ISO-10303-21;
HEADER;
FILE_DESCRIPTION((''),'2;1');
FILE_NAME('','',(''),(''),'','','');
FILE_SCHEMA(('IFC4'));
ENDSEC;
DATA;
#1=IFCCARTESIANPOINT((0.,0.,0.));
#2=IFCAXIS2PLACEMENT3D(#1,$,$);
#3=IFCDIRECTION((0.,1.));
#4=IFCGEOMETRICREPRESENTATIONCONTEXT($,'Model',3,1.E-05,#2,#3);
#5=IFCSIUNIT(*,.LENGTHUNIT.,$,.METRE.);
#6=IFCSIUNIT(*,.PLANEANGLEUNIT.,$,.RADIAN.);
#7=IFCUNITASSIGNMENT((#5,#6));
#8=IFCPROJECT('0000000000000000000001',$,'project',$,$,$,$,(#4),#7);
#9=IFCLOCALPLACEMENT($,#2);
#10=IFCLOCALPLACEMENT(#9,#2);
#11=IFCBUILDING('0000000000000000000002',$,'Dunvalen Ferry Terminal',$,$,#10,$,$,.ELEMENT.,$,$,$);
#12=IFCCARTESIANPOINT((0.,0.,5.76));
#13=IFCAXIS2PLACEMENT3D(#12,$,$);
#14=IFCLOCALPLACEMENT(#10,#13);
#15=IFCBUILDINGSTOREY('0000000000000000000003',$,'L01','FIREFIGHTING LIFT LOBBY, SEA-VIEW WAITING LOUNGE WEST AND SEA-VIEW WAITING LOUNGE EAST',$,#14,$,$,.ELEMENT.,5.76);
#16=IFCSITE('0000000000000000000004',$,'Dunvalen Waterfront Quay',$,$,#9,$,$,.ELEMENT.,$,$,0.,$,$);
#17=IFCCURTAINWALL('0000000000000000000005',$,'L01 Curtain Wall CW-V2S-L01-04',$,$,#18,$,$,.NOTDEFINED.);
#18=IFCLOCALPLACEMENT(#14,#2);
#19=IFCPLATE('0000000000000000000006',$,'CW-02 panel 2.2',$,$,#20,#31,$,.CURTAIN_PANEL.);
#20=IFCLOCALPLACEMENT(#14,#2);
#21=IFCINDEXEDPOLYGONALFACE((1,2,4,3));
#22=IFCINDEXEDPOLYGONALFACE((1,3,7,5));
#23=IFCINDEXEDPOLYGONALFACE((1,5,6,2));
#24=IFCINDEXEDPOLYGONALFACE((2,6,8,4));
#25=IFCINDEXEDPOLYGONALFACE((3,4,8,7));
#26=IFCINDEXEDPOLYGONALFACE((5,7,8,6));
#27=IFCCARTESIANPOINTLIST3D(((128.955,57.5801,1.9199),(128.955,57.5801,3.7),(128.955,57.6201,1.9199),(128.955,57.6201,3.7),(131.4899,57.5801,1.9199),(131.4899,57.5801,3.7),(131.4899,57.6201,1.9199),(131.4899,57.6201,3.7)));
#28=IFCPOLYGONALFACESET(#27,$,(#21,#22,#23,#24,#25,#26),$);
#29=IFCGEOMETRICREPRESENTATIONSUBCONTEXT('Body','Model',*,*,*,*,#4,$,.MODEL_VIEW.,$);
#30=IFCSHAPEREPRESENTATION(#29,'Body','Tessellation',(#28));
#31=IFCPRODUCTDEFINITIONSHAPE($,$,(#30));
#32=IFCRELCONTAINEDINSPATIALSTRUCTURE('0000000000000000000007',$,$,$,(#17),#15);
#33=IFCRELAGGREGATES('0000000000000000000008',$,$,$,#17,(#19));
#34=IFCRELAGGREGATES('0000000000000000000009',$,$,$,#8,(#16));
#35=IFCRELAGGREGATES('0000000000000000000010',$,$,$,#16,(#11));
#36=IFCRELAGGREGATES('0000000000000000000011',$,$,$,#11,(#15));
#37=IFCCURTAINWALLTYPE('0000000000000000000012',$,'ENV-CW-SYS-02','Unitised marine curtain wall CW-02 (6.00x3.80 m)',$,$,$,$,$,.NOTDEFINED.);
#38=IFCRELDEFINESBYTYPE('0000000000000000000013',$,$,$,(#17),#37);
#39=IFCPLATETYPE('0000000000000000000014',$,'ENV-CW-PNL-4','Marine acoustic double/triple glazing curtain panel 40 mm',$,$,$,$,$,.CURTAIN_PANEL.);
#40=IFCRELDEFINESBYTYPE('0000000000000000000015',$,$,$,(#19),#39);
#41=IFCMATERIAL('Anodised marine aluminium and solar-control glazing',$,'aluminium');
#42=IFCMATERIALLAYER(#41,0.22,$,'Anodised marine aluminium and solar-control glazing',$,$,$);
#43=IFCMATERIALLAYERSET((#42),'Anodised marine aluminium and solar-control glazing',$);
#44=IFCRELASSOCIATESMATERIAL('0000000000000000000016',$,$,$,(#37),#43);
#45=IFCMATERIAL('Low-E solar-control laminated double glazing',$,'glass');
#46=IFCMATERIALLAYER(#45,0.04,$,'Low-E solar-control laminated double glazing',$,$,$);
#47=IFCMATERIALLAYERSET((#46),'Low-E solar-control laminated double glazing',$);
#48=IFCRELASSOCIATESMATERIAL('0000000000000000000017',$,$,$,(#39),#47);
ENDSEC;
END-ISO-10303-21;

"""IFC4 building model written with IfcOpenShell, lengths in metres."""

from ifc_helpers import new_model, si_unit, direction, frame, origin, origin_2d, place, context, subcontext, project, spatial, rectangle, extrude, material, layer, layer_set, type_object, element, aggregate, save


model = new_model("IFC4")

# Units and contexts
model_context = context("Model", 3, precision=1e-05, world=origin(), true_north=direction((0.0, 1.0)))
body_context = subcontext(model_context, "Body", "Model", "MODEL_VIEW")
ifc_project = project(units=[si_unit("LENGTHUNIT", "METRE"), si_unit("PLANEANGLEUNIT", "RADIAN")], contexts=[model_context])

# Site, building, storey
site_placement = place(None, origin())
site = spatial("IfcSite", under=ifc_project, at=site_placement, Name="Dunvalen Waterfront Quay", CompositionType="ELEMENT", RefElevation=0.0)
building_placement = place(site_placement, origin())
building = spatial("IfcBuilding", under=site, at=building_placement, Name="Dunvalen Ferry Terminal", CompositionType="ELEMENT")
storey_placement = place(building_placement, frame((0.0, 0.0, 5.76)))
storey = spatial("IfcBuildingStorey", under=building, at=storey_placement, Name="L01", Description="FIREFIGHTING LIFT LOBBY, SEA-VIEW WAITING LOUNGE WEST AND SEA-VIEW WAITING LOUNGE EAST", CompositionType="ELEMENT", Elevation=5.76)

# Shared definitions
ifc_material_1 = material(Name="Anodised marine aluminium and solar-control glazing", Category="aluminium")
ifc_layer_1 = layer(ifc_material_1, 0.22, Name="Anodised marine aluminium and solar-control glazing")
ifc_layer_set_1 = layer_set([ifc_layer_1], Name="Anodised marine aluminium and solar-control glazing")
curtain_wall_type = type_object("IfcCurtainWallType", Name="ENV-CW-SYS-02", Description="Unitised marine curtain wall CW-02 (6.00x3.80 m)", PredefinedType="NOTDEFINED", material=ifc_layer_set_1)

# Curtain wall
curtain_wall_1_placement = place(storey_placement, origin())
curtain_wall_1 = element("IfcCurtainWall", 1, at=curtain_wall_1_placement, inside=storey, type_object=curtain_wall_type, Name="L01 Curtain Wall CW-V2S-L01-04", PredefinedType="NOTDEFINED")

# Plate
ifc_material_2 = material(Name="Low-E solar-control laminated double glazing", Category="glass")
ifc_layer_2 = layer(ifc_material_2, 0.04, Name="Low-E solar-control laminated double glazing")
ifc_layer_set_2 = layer_set([ifc_layer_2], Name="Low-E solar-control laminated double glazing")
plate_type = type_object("IfcPlateType", Name="ENV-CW-PNL-4", Description="Marine acoustic double/triple glazing curtain panel 40 mm", PredefinedType="CURTAIN_PANEL", material=ifc_layer_set_2)
plate_1_placement = place(storey_placement, frame((130.2224, 57.6001, 1.9199), z_axis=(0.0, 0.0, 1.0), x_axis=(1.0, 0.0, 0.0)))
plate_1 = element("IfcPlate", 2, at=plate_1_placement, type_object=plate_type, Name="CW-02 panel 2.2", PredefinedType="CURTAIN_PANEL", context=body_context, shape_type="SweptSolid", body=[
    extrude(rectangle(XDim=2.5349, YDim=0.04, at=origin_2d()), origin(), (0.0, 0.0, 1.0), 1.78),
])
aggregate(curtain_wall_1, [plate_1])

save(model, "model.ifc")
